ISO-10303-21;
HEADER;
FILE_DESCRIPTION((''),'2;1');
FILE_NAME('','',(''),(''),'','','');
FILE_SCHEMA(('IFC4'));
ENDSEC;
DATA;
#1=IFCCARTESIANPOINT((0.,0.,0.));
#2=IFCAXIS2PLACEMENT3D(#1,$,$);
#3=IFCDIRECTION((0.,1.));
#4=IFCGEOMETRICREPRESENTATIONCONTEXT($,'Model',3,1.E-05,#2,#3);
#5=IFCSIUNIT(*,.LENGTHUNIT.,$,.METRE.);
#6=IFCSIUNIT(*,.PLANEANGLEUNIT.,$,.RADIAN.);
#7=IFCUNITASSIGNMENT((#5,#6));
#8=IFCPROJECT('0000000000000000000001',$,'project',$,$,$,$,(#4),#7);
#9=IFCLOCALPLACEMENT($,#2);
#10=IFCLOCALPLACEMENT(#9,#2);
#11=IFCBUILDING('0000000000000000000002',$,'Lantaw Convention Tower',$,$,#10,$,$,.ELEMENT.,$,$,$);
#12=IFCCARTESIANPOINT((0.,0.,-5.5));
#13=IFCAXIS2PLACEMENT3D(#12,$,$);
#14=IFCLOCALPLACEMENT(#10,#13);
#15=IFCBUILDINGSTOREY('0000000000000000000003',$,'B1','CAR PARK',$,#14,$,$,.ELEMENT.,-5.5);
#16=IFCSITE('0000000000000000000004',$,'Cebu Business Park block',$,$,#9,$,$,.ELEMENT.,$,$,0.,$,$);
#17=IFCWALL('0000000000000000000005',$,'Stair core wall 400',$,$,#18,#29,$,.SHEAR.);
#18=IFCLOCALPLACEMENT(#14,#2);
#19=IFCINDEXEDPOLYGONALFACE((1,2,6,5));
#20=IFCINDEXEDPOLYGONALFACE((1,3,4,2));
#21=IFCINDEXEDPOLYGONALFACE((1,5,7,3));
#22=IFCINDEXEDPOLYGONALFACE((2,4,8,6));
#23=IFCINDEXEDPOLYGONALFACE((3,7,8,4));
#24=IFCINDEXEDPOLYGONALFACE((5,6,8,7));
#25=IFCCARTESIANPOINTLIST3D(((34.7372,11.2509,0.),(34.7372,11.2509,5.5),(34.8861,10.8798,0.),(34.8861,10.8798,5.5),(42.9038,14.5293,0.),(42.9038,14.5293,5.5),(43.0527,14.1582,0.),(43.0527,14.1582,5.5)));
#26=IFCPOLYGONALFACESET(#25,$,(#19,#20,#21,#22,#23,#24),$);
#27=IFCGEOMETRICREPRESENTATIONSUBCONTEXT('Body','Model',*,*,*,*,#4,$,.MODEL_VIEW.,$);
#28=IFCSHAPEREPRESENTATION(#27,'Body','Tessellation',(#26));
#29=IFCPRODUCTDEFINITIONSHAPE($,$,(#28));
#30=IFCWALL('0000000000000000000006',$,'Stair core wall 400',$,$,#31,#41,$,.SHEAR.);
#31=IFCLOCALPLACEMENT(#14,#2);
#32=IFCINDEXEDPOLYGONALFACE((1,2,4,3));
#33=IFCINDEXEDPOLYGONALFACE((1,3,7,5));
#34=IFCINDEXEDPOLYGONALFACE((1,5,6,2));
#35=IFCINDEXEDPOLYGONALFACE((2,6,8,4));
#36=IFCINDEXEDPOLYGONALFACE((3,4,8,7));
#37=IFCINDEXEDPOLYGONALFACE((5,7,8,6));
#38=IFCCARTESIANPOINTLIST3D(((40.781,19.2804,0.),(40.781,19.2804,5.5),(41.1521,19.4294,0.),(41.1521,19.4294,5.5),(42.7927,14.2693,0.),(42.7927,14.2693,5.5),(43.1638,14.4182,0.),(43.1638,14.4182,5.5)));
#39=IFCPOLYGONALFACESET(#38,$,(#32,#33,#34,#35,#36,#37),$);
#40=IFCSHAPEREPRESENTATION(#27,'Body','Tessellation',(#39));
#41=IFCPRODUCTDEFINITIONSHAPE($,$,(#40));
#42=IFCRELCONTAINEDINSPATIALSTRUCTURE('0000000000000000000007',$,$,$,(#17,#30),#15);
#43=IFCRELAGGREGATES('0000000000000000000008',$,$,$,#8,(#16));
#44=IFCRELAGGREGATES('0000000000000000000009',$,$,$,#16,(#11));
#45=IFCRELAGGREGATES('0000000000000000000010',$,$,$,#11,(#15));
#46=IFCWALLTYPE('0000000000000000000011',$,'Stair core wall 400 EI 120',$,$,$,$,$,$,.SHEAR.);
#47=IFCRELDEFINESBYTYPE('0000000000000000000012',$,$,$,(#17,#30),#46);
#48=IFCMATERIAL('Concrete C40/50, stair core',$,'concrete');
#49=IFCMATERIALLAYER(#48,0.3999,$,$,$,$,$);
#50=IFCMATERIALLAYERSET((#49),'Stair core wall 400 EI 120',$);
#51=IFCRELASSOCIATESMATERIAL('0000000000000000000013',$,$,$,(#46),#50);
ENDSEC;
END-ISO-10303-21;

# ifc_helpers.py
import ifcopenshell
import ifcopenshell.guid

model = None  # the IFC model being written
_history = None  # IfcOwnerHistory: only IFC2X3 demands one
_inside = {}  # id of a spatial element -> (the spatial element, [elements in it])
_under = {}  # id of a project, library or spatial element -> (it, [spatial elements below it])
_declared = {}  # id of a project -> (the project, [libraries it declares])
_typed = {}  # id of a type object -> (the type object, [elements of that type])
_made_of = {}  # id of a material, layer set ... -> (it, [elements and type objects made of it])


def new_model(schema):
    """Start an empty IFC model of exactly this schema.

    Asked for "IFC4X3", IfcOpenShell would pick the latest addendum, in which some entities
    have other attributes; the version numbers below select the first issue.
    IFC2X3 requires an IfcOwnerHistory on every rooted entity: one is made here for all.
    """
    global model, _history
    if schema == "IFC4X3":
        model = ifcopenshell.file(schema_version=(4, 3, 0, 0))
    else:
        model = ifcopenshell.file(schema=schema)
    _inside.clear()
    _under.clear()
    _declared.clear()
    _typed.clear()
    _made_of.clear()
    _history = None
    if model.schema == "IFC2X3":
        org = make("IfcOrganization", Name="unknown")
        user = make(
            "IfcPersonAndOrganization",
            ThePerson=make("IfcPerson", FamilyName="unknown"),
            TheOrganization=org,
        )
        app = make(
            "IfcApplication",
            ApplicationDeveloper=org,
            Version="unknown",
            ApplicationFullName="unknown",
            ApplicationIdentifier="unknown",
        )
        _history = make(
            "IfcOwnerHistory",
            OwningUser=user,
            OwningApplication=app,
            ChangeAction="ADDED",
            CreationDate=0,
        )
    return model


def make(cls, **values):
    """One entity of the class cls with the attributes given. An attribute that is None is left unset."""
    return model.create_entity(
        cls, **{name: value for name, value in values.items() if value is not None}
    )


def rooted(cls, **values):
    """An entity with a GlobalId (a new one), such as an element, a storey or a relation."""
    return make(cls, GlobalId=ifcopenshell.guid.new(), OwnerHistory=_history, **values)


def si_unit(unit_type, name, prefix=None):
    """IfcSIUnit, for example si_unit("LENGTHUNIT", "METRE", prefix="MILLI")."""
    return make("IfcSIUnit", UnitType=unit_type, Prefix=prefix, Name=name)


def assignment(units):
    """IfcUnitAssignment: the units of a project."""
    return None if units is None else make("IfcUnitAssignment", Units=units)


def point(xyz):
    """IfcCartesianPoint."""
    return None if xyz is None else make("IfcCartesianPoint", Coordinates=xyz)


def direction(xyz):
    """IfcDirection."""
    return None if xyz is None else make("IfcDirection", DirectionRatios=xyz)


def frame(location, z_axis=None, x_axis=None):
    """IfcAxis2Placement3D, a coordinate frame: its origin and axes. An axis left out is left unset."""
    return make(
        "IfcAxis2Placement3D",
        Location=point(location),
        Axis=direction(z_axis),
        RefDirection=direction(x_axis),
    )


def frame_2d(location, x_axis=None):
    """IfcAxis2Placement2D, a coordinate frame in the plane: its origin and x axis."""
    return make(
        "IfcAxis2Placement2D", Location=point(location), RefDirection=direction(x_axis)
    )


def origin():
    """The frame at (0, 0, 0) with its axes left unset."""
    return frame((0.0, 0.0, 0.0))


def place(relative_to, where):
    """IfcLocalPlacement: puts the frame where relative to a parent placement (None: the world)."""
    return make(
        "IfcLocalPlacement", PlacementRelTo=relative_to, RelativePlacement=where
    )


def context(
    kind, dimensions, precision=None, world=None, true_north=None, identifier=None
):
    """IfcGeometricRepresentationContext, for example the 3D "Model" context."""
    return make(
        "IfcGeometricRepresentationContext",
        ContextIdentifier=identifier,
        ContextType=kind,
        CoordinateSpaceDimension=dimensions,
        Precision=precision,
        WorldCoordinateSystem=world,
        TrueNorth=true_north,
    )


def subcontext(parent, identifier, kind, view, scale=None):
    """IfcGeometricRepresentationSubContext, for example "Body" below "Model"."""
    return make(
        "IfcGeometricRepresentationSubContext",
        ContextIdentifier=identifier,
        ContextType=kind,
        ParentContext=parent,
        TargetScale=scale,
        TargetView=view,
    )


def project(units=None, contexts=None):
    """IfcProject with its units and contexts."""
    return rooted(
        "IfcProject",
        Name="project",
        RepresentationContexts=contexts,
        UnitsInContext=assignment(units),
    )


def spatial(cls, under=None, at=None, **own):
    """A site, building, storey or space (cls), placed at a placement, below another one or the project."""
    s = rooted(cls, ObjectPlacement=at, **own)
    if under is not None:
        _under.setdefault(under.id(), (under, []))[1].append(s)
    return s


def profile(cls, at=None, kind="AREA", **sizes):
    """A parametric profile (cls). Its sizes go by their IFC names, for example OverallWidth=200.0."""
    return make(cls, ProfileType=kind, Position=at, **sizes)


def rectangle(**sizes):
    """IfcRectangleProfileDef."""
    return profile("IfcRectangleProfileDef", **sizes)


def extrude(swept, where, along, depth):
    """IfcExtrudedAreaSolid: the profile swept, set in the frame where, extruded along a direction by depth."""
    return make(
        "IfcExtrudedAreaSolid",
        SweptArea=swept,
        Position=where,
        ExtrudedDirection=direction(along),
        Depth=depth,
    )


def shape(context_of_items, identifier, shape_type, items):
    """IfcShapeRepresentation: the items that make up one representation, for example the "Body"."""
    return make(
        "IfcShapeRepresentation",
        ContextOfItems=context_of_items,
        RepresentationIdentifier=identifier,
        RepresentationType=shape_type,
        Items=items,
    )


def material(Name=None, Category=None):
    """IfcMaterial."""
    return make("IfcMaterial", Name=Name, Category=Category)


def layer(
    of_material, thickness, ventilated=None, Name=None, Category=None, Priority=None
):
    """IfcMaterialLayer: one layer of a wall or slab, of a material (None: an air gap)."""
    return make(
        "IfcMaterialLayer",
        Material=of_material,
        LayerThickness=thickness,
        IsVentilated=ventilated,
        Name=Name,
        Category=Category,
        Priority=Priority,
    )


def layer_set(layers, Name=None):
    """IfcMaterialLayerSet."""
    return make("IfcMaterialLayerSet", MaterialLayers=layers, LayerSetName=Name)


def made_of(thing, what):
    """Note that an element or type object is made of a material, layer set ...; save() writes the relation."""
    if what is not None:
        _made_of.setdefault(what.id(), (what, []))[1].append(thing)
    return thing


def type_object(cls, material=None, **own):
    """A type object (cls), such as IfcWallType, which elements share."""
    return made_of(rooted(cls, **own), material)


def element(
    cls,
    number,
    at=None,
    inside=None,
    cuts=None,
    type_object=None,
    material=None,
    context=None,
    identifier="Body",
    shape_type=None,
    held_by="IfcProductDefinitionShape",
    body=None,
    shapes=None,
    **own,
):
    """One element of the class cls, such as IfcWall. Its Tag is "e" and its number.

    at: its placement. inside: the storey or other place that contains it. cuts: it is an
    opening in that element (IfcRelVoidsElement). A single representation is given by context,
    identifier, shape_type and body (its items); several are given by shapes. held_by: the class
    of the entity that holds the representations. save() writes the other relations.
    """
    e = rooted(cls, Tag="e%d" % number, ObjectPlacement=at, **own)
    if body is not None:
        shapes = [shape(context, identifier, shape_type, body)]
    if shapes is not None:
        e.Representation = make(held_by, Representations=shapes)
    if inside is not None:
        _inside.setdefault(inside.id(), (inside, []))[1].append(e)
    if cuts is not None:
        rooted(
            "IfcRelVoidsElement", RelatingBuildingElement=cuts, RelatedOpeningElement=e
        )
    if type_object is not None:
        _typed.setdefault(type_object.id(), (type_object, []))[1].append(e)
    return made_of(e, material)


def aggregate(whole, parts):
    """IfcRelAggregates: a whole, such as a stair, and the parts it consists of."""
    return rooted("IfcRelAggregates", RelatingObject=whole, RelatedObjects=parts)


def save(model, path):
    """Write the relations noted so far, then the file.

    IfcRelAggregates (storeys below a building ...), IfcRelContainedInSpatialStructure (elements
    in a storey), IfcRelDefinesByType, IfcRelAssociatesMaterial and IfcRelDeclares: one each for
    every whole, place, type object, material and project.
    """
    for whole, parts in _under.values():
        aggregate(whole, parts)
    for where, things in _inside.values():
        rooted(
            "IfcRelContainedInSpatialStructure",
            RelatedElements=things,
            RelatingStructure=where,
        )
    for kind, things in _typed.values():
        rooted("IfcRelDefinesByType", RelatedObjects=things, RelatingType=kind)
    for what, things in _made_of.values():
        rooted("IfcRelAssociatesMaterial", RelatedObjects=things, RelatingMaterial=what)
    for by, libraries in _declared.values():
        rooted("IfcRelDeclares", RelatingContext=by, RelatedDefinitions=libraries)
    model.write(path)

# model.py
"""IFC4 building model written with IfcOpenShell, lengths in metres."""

from ifc_helpers import new_model, si_unit, direction, frame, frame_2d, origin, place, context, subcontext, project, spatial, rectangle, extrude, material, layer, layer_set, type_object, element, save


model = new_model("IFC4")

# Units and contexts
model_context = context("Model", 3, precision=1e-05, world=origin(), true_north=direction((0.0, 1.0)))
body_context = subcontext(model_context, "Body", "Model", "MODEL_VIEW")
ifc_project = project(units=[si_unit("LENGTHUNIT", "METRE"), si_unit("PLANEANGLEUNIT", "RADIAN")], contexts=[model_context])

# Site, building, storey
site_placement = place(None, origin())
site = spatial("IfcSite", under=ifc_project, at=site_placement, Name="Cebu Business Park block", CompositionType="ELEMENT", RefElevation=0.0)
building_placement = place(site_placement, origin())
building = spatial("IfcBuilding", under=site, at=building_placement, Name="Lantaw Convention Tower", CompositionType="ELEMENT")
storey_placement = place(building_placement, frame((0.0, 0.0, -5.5)))
storey = spatial("IfcBuildingStorey", under=building, at=storey_placement, Name="B1", Description="CAR PARK", CompositionType="ELEMENT", Elevation=-5.5)

# Shared definitions
ifc_material_1 = material(Name="Concrete C40/50, stair core", Category="concrete")
ifc_layer_1 = layer(ifc_material_1, 0.3999)
ifc_layer_set_1 = layer_set([ifc_layer_1], Name="Stair core wall 400 EI 120")
wall_type_1 = type_object("IfcWallType", Name="Stair core wall 400 EI 120", PredefinedType="SHEAR", material=ifc_layer_set_1)

# Walls
wall_1_placement = place(storey_placement, frame((34.8118, 11.0654, 0.0), z_axis=(0.0, 0.0, 1.0), x_axis=(0.928017, 0.372538, 0.0)))
element("IfcWall", 1, at=wall_1_placement, inside=storey, type_object=wall_type_1, Name="Stair core wall 400", PredefinedType="SHEAR", context=body_context, shape_type="SweptSolid", body=[
    extrude(rectangle(XDim=8.8, YDim=0.3999, at=frame_2d((4.3999, 0.0))), origin(), (0.0, 0.0, 1.0), 5.5),
])
wall_2_placement = place(storey_placement, frame((42.9783, 14.3438, 0.0), z_axis=(0.0, 0.0, 1.0), x_axis=(-0.372544, 0.928015, 0.0)))
element("IfcWall", 2, at=wall_2_placement, inside=storey, type_object=wall_type_1, Name="Stair core wall 400", PredefinedType="SHEAR", context=body_context, shape_type="SweptSolid", body=[
    extrude(rectangle(XDim=5.3999, YDim=0.3999, at=frame_2d((2.7, 0.0))), origin(), (0.0, 0.0, 1.0), 5.5),
])

save(model, "model.ifc")
